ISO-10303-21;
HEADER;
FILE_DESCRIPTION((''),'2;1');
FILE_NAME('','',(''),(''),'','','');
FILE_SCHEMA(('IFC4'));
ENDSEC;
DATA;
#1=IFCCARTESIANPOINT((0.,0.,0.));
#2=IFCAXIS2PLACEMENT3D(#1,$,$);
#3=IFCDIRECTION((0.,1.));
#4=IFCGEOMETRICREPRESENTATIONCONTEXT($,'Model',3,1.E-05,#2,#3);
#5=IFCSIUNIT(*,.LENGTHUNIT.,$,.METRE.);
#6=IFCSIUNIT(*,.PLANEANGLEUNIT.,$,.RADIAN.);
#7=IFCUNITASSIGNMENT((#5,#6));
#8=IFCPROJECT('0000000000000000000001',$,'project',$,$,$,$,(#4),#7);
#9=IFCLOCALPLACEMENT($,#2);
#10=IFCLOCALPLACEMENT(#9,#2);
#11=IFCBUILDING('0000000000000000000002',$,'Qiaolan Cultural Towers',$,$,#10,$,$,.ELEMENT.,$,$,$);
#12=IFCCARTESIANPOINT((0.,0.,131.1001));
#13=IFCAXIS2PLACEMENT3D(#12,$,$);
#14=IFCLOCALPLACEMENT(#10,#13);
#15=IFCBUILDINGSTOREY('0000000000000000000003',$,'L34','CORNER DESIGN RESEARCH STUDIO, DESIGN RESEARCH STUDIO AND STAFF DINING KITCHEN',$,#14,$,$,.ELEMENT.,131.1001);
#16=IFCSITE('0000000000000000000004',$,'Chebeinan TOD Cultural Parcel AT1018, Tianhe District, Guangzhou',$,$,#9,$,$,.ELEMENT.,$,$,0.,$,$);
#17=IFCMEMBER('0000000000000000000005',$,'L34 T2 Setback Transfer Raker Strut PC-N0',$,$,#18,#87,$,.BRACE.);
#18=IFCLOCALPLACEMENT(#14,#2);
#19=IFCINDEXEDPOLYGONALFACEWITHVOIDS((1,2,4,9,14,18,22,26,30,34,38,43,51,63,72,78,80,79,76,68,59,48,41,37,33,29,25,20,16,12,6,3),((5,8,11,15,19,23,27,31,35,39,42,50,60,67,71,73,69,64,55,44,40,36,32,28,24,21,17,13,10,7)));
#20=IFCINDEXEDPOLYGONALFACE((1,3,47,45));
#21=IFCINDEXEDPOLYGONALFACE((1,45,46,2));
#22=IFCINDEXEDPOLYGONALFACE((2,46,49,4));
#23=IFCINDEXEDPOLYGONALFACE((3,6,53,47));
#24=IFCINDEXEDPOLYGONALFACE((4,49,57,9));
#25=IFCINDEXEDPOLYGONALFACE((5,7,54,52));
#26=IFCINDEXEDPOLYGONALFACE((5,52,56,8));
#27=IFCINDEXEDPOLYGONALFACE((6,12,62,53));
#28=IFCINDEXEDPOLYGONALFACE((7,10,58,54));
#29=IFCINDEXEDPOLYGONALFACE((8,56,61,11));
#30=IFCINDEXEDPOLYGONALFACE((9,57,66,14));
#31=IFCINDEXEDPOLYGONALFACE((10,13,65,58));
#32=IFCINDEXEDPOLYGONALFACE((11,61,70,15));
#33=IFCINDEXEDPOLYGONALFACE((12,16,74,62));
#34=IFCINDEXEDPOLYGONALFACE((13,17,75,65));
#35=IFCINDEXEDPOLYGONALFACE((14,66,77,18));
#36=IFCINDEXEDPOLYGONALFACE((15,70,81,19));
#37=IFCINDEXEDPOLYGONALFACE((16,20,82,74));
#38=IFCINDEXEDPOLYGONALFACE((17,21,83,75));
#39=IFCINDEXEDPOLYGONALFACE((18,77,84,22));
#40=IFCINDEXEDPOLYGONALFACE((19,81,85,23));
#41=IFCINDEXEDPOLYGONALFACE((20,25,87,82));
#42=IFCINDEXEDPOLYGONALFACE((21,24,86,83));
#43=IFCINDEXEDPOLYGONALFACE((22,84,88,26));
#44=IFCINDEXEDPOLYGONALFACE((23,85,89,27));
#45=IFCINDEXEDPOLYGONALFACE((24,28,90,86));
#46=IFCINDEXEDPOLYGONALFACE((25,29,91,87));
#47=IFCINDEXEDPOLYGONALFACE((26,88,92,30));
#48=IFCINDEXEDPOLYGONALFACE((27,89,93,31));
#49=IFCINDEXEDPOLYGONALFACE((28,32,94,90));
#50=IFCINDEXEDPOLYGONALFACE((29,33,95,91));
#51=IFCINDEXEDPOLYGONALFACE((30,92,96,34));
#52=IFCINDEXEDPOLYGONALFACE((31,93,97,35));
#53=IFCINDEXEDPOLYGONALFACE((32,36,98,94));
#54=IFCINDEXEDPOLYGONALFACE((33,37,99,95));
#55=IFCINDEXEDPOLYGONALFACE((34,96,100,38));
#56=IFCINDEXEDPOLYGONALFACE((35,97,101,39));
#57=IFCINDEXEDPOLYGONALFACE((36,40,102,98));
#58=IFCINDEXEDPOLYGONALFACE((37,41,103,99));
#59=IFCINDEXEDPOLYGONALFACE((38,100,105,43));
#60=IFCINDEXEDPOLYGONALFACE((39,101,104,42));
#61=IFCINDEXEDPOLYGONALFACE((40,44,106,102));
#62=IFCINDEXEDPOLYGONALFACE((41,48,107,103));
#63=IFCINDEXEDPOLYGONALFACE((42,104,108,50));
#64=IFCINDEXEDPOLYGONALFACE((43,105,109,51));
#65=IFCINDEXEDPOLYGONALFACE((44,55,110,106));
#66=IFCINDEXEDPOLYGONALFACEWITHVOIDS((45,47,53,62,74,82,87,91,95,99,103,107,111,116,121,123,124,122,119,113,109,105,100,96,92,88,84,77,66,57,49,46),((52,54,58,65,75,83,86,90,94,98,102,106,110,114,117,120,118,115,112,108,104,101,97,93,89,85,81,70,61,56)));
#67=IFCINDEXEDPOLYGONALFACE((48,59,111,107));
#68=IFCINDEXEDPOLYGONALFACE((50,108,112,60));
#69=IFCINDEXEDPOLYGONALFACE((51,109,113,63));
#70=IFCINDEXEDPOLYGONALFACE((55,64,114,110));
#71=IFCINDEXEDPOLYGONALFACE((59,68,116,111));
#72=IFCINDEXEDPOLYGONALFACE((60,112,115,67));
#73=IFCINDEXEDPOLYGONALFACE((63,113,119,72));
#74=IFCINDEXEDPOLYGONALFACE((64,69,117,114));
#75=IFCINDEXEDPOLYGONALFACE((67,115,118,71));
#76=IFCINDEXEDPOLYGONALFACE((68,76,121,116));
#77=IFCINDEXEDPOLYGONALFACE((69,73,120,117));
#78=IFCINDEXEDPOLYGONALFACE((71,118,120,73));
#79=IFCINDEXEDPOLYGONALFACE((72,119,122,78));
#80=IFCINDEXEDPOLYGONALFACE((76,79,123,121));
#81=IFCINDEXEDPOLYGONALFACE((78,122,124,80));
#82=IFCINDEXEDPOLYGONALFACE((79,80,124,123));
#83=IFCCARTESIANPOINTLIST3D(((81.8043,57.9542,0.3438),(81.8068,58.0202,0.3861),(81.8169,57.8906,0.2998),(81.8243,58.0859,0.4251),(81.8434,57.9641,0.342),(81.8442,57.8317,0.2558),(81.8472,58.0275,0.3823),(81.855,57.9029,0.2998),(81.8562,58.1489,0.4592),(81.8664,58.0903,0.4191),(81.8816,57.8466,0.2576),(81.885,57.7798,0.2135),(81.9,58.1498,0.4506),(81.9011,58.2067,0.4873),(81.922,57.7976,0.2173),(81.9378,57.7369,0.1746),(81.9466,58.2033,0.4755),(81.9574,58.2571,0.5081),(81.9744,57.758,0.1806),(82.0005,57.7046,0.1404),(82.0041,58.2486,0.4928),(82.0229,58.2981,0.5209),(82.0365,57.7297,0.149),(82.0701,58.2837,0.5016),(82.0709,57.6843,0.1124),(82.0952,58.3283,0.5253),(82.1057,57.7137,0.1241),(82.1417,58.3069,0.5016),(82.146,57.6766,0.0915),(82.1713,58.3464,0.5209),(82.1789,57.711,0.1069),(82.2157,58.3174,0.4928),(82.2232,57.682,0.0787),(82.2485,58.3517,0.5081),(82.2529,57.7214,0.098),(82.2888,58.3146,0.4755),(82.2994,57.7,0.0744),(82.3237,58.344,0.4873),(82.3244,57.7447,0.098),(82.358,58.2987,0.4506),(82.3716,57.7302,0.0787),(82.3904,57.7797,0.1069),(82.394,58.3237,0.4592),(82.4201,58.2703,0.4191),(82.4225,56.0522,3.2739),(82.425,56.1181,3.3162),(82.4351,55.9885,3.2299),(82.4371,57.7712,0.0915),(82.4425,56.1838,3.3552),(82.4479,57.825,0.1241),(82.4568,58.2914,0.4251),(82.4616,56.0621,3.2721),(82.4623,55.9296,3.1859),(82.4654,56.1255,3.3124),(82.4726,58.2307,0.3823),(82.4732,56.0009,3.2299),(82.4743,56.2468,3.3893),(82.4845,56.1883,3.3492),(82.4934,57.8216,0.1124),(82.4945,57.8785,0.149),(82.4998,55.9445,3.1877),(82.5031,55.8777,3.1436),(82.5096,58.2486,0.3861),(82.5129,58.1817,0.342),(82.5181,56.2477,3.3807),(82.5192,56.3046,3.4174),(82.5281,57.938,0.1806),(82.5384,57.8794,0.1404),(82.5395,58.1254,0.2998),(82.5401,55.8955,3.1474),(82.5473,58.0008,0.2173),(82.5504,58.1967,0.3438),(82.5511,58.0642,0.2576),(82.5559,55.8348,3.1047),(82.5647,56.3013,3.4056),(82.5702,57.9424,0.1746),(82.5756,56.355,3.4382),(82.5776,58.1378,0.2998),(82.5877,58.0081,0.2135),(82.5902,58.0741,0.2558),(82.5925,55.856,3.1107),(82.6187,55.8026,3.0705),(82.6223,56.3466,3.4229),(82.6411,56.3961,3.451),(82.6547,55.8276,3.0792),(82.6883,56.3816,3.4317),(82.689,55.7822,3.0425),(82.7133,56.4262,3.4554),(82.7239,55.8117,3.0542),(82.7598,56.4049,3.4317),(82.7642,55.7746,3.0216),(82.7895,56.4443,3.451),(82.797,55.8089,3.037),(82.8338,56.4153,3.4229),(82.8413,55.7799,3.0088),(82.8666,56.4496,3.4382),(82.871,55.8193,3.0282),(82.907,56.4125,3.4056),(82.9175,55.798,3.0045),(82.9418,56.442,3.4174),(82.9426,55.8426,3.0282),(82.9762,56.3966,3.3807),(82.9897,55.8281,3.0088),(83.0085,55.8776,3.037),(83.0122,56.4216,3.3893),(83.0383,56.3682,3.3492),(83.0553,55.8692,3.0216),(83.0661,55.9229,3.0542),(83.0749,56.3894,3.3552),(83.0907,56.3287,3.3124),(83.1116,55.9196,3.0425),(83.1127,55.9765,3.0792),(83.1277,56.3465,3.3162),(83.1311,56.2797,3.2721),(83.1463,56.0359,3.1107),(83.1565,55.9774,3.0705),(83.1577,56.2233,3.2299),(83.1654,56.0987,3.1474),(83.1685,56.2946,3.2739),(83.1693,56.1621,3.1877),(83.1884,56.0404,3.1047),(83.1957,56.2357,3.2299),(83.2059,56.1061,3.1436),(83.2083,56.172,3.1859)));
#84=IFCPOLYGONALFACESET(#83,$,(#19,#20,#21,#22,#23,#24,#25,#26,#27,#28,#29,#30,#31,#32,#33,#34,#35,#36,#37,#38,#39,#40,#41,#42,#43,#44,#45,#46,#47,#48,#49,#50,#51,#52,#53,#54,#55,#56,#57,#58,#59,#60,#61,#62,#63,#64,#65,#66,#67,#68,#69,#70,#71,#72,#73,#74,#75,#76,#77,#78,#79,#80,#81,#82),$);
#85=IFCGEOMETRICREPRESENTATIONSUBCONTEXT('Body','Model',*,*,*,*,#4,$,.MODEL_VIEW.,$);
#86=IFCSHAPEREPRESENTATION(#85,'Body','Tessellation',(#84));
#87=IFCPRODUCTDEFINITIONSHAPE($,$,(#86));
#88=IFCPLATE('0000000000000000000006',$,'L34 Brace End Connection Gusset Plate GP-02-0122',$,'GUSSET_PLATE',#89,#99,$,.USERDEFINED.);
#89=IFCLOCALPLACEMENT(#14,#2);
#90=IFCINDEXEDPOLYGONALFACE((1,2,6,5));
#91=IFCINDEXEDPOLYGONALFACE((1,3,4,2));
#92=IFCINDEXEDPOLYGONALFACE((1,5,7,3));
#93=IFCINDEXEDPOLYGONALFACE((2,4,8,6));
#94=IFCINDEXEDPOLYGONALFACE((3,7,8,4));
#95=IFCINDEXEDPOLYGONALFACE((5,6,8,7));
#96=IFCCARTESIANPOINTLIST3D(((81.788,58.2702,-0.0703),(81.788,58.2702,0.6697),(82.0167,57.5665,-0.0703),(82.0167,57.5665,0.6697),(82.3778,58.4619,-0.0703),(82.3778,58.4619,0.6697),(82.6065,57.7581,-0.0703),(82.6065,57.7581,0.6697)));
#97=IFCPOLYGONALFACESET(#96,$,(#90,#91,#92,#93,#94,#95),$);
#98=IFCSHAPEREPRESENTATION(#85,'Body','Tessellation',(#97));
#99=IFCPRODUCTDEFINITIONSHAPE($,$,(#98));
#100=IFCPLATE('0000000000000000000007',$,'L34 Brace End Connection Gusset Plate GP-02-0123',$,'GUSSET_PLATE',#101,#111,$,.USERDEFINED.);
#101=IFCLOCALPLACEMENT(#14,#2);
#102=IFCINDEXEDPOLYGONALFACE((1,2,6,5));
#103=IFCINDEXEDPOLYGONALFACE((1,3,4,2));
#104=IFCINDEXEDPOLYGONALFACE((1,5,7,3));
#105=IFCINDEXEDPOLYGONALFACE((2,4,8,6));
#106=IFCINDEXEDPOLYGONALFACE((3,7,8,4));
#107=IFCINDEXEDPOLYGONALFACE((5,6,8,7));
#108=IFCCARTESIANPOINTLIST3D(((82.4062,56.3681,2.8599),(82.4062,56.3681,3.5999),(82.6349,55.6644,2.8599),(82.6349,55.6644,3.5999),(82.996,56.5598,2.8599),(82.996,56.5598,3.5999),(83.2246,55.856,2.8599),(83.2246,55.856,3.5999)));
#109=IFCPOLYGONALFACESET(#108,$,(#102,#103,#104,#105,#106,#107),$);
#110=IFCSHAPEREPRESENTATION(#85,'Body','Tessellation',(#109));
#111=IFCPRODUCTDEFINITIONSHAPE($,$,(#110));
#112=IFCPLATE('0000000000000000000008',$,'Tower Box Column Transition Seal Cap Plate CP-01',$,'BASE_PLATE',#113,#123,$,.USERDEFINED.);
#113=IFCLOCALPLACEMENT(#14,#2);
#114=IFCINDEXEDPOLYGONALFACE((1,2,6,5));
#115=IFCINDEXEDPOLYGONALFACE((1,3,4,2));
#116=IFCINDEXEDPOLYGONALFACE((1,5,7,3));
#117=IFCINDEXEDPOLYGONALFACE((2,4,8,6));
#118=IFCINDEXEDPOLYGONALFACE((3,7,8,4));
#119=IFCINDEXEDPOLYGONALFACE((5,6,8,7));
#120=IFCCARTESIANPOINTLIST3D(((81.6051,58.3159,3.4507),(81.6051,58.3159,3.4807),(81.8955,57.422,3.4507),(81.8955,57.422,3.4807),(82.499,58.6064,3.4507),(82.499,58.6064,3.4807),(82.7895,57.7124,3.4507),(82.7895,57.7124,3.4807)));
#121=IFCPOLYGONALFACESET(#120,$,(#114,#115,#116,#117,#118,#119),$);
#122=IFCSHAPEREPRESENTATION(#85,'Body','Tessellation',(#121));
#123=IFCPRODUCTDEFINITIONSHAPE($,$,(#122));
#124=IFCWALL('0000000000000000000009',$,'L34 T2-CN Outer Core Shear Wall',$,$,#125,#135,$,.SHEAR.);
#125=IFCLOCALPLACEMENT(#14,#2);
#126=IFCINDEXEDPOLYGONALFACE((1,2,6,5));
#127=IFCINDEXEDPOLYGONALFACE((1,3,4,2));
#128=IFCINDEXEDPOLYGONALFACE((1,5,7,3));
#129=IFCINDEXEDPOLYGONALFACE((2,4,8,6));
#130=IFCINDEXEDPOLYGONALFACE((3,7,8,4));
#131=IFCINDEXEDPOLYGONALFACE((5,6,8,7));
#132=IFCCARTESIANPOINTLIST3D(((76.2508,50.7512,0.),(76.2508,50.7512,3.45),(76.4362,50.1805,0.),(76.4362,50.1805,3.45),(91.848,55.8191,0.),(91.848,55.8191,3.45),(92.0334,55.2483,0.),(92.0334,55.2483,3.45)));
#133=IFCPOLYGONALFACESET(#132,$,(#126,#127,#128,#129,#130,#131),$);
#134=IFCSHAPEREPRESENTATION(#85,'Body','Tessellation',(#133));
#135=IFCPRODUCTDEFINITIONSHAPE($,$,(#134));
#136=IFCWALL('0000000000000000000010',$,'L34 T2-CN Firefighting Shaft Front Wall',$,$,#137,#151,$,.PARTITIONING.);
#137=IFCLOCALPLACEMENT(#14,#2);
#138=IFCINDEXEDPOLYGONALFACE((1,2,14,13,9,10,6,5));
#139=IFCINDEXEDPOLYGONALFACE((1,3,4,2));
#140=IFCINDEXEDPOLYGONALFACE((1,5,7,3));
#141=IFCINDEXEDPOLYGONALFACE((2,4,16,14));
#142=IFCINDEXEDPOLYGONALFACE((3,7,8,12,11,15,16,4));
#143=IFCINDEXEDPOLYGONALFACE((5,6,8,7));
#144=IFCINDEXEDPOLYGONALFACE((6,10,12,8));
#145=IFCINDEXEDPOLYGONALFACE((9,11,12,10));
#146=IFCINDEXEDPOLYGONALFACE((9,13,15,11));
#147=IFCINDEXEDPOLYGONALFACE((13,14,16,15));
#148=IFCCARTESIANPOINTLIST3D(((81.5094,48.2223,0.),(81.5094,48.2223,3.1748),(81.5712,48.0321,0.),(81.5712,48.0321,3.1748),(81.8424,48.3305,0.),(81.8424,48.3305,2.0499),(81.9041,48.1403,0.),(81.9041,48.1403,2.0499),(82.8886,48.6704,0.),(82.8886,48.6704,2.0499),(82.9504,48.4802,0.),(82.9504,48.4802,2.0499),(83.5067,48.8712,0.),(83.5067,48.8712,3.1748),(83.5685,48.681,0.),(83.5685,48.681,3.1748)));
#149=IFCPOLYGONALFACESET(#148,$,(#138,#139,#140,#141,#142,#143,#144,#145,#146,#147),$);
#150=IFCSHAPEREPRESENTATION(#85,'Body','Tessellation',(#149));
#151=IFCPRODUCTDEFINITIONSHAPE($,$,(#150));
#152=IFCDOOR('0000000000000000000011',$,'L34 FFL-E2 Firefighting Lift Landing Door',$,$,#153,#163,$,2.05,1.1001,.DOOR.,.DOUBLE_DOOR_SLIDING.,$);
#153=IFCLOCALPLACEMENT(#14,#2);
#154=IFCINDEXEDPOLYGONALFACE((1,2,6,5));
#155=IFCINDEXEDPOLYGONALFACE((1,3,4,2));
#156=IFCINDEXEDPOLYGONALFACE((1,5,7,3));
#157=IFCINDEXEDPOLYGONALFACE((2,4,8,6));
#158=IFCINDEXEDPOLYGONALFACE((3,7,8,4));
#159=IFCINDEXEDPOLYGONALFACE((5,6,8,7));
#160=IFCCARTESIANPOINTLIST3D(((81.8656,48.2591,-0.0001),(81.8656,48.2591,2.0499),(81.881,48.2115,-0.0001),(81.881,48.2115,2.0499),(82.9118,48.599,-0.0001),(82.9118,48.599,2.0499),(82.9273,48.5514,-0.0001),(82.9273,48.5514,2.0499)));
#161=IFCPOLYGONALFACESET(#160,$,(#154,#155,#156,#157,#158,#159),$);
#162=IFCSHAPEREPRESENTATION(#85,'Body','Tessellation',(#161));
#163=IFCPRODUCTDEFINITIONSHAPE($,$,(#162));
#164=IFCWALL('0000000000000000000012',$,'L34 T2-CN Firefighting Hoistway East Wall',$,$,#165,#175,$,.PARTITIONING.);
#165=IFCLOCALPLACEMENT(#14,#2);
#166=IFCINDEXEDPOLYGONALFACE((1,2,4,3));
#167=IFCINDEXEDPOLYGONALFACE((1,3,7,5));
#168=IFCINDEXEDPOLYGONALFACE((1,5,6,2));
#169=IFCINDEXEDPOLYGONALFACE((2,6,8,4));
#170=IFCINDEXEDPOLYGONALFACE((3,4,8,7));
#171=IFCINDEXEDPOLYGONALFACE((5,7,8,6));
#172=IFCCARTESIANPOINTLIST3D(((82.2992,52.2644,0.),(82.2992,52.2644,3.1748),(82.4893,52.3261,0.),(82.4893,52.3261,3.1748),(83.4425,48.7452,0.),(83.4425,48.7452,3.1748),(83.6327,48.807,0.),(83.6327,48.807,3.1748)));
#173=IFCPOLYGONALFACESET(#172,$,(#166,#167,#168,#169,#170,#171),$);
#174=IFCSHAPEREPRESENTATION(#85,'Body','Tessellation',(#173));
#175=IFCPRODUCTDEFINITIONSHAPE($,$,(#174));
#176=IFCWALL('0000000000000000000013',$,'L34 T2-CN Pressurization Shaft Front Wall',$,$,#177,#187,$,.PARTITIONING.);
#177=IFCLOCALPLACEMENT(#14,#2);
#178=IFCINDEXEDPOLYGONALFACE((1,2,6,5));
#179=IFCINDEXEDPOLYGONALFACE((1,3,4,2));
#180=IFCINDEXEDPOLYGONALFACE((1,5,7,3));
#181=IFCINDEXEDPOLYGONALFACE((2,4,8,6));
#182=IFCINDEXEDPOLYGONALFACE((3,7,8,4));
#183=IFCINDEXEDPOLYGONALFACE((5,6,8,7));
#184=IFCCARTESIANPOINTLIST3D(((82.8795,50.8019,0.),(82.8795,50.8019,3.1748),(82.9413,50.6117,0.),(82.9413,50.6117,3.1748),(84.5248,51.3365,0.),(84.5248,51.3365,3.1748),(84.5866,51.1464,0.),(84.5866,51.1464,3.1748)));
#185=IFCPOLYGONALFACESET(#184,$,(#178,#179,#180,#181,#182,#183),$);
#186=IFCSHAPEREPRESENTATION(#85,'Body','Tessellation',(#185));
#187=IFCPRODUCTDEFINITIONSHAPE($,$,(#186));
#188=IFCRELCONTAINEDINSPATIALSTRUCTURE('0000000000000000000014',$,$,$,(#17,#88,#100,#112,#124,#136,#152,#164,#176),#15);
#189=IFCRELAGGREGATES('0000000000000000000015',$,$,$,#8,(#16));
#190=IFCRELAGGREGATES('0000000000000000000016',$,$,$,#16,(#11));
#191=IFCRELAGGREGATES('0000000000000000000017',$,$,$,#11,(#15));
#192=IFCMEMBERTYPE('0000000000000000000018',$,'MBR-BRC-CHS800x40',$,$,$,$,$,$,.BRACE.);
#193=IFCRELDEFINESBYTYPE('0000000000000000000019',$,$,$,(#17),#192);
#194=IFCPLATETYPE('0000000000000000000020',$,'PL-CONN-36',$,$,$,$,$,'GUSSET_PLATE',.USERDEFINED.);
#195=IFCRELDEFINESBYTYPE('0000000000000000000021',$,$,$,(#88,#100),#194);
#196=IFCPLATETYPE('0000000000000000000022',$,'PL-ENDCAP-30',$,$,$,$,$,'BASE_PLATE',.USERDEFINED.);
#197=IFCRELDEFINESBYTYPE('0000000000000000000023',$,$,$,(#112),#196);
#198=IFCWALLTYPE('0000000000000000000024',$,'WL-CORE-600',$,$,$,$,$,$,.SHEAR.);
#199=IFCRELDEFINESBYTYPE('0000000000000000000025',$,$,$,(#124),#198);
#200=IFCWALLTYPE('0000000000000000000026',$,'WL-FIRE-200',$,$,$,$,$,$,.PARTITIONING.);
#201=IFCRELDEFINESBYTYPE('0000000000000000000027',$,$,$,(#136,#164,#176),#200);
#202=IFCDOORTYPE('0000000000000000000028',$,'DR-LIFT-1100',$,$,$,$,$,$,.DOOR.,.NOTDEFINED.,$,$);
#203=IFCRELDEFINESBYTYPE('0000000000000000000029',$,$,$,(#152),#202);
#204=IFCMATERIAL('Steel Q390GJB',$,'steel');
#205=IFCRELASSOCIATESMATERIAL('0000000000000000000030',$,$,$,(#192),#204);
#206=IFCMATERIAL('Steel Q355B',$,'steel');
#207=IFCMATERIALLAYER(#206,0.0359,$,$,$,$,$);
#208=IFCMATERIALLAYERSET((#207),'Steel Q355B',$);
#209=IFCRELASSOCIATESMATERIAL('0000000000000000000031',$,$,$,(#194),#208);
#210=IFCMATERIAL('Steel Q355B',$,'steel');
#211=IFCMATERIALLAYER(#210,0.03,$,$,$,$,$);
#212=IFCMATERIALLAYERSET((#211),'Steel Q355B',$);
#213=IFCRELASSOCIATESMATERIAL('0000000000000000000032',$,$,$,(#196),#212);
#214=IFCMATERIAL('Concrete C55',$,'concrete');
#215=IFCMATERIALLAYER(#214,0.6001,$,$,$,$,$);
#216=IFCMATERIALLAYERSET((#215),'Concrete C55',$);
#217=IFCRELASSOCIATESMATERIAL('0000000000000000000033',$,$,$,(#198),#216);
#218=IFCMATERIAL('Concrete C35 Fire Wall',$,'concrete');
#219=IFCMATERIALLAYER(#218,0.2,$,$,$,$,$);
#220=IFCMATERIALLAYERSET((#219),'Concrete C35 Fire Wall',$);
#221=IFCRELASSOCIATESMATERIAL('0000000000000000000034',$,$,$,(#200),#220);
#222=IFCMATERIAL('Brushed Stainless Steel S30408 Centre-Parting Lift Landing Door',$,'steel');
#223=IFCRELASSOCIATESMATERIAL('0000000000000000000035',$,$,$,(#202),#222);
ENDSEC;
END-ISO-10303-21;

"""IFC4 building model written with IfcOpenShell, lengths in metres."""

from ifc_helpers import new_model, si_unit, direction, frame, frame_2d, origin, origin_2d, place, context, subcontext, project, spatial, rectangle, hollow_circle, extrude, material, layer, layer_set, material_profile, profile_set, type_object, element, fill, save


model = new_model("IFC4")

# Units and contexts
model_context = context("Model", 3, precision=1e-05, world=origin(), true_north=direction((0.0, 1.0)))
body_context = subcontext(model_context, "Body", "Model", "MODEL_VIEW")
ifc_project = project(units=[si_unit("LENGTHUNIT", "METRE"), si_unit("PLANEANGLEUNIT", "RADIAN")], contexts=[model_context])

# Site, building, storey
site_placement = place(None, origin())
site = spatial("IfcSite", under=ifc_project, at=site_placement, Name="Chebeinan TOD Cultural Parcel AT1018, Tianhe District, Guangzhou", CompositionType="ELEMENT", RefElevation=0.0)
building_placement = place(site_placement, origin())
building = spatial("IfcBuilding", under=site, at=building_placement, Name="Qiaolan Cultural Towers", CompositionType="ELEMENT")
storey_placement = place(building_placement, frame((0.0, 0.0, 131.1001)))
storey = spatial("IfcBuildingStorey", under=building, at=storey_placement, Name="L34", Description="CORNER DESIGN RESEARCH STUDIO, DESIGN RESEARCH STUDIO AND STAFF DINING KITCHEN", CompositionType="ELEMENT", Elevation=131.1001)

# Member
ifc_material_1 = material(Name="Steel Q390GJB", Category="steel")
ifc_material_profile_1 = material_profile(ifc_material_1, hollow_circle(Radius=0.3999, WallThickness=0.04, at=origin_2d()), Name="CHS800x40")
ifc_profile_set_1 = profile_set([ifc_material_profile_1], Name="Steel Q390GJB")
member_type = type_object("IfcMemberType", Name="MBR-BRC-CHS800x40", PredefinedType="BRACE", material=ifc_profile_set_1)
member_placement = place(storey_placement, frame((82.1973, 58.0142, 0.2998), z_axis=(0.174245, -0.536153, 0.825941), x_axis=(0.951037, 0.309078, 0.0)))
element("IfcMember", 1, at=member_placement, inside=storey, type_object=member_type, Name="L34 T2 Setback Transfer Raker Strut PC-N0", PredefinedType="BRACE", context=body_context, shape_type="SweptSolid", body=[
    extrude(hollow_circle(Radius=0.3999, WallThickness=0.04, at=origin_2d()), origin(), (0.0, 0.0, 1.0), 3.5476),
])

# Plates
ifc_material_2 = material(Name="Steel Q355B", Category="steel")
ifc_layer_1 = layer(ifc_material_2, 0.0359)
ifc_layer_set_1 = layer_set([ifc_layer_1], Name="Steel Q355B")
plate_type_1 = type_object("IfcPlateType", Name="PL-CONN-36", ElementType="GUSSET_PLATE", PredefinedType="USERDEFINED", material=ifc_layer_set_1)
for number, where, z_axis, x_axis, name in (
    (2, (82.1973, 58.0142, -0.0703), (0.0, 0.0, 1.0), (-0.309017, 0.951057, 0.0), "L34 Brace End Connection Gusset Plate GP-02-0122"),
    (3, (82.8154, 56.1121, 2.8599), (0.0, 0.0, 1.0), (-0.309017, 0.951057, 0.0), "L34 Brace End Connection Gusset Plate GP-02-0123"),
):
    element("IfcPlate", number, at=place(storey_placement, frame(where, z_axis=z_axis, x_axis=x_axis)), inside=storey, type_object=plate_type_1, Name=name, ObjectType="GUSSET_PLATE", PredefinedType="USERDEFINED", context=body_context, shape_type="SweptSolid", body=[
        extrude(rectangle(XDim=0.74, YDim=0.6201, at=origin_2d()), origin(), (0.0, 0.0, 1.0), 0.74),
    ])
ifc_material_3 = material(Name="Steel Q355B", Category="steel")
ifc_layer_2 = layer(ifc_material_3, 0.03)
ifc_layer_set_2 = layer_set([ifc_layer_2], Name="Steel Q355B")
plate_type_2 = type_object("IfcPlateType", Name="PL-ENDCAP-30", ElementType="BASE_PLATE", PredefinedType="USERDEFINED", material=ifc_layer_set_2)
plate_placement = place(storey_placement, frame((82.1973, 58.0142, 3.4507), z_axis=(0.0, 0.0, 1.0), x_axis=(0.951057, 0.309017, 0.0)))
element("IfcPlate", 4, at=plate_placement, inside=storey, type_object=plate_type_2, Name="Tower Box Column Transition Seal Cap Plate CP-01", ObjectType="BASE_PLATE", PredefinedType="USERDEFINED", context=body_context, shape_type="SweptSolid", body=[
    extrude(rectangle(XDim=0.9399, YDim=0.9399, at=origin_2d()), origin(), (0.0, 0.0, 1.0), 0.03),
])

# Wall
ifc_material_4 = material(Name="Concrete C55", Category="concrete")
ifc_layer_3 = layer(ifc_material_4, 0.6001)
ifc_layer_set_3 = layer_set([ifc_layer_3], Name="Concrete C55")
wall_type_1 = type_object("IfcWallType", Name="WL-CORE-600", PredefinedType="SHEAR", material=ifc_layer_set_3)
wall_1_placement = place(storey_placement, frame((76.3435, 50.4658, 0.0), z_axis=(0.0, 0.0, 1.0), x_axis=(0.951056, 0.309019, 0.0)))
element("IfcWall", 5, at=wall_1_placement, inside=storey, type_object=wall_type_1, Name="L34 T2-CN Outer Core Shear Wall", PredefinedType="SHEAR", context=body_context, shape_type="SweptSolid", body=[
    extrude(rectangle(XDim=16.3999, YDim=0.6001, at=frame_2d((8.2, 0.0))), origin(), (0.0, 0.0, 1.0), 3.45),
])

# Wall, opening, door
ifc_material_5 = material(Name="Concrete C35 Fire Wall", Category="concrete")
ifc_layer_4 = layer(ifc_material_5, 0.2)
ifc_layer_set_4 = layer_set([ifc_layer_4], Name="Concrete C35 Fire Wall")
wall_type_2 = type_object("IfcWallType", Name="WL-FIRE-200", PredefinedType="PARTITIONING", material=ifc_layer_set_4)
wall_2_placement = place(storey_placement, frame((81.5403, 48.1272, 0.0), z_axis=(0.0, 0.0, 1.0), x_axis=(0.951062, 0.308999, 0.0)))
wall_2 = element("IfcWall", 6, at=wall_2_placement, inside=storey, type_object=wall_type_2, Name="L34 T2-CN Firefighting Shaft Front Wall", PredefinedType="PARTITIONING", context=body_context, shape_type="SweptSolid", body=[
    extrude(rectangle(XDim=2.1001, YDim=0.2, at=frame_2d((1.05, 0.0))), origin(), (0.0, 0.0, 1.0), 3.1748),
])
opening_1_placement = place(wall_2_placement, frame((0.3501, 0.0, 0.0)))
opening_1 = element("IfcOpeningElement", 7, at=opening_1_placement, cuts=wall_2, PredefinedType="OPENING", context=body_context, shape_type="SweptSolid", body=[
    extrude(rectangle(XDim=1.1001, YDim=2.05, at=frame_2d((0.55, 1.0249))), frame((0.0, 0.1099, 0.0), z_axis=(0.0, -1.0, 0.0), x_axis=(1.0, 0.0, 0.0)), (0.0, 0.0, 1.0), 0.22),
])
ifc_material_6 = material(Name="Brushed Stainless Steel S30408 Centre-Parting Lift Landing Door", Category="steel")
door_type = type_object("IfcDoorType", Name="DR-LIFT-1100", OperationType="NOTDEFINED", PredefinedType="DOOR", material=ifc_material_6)
door_1_placement = place(opening_1_placement, origin())
door_1 = element("IfcDoor", 8, at=door_1_placement, inside=storey, type_object=door_type, Name="L34 FFL-E2 Firefighting Lift Landing Door", OperationType="DOUBLE_DOOR_SLIDING", OverallHeight=2.05, OverallWidth=1.1001, PredefinedType="DOOR", context=body_context, shape_type="SweptSolid", body=[
    extrude(rectangle(XDim=1.1001, YDim=2.05, at=frame_2d((0.55, 1.0249))), frame((0.0, 0.0249, 0.0), z_axis=(0.0, -1.0, 0.0), x_axis=(1.0, 0.0, 0.0)), (0.0, 0.0, 1.0), 0.05),
])
fill(opening_1, door_1)

# Walls
wall_3_placement = place(storey_placement, frame((83.5376, 48.7761, 0.0), z_axis=(0.0, 0.0, 1.0), x_axis=(-0.308994, 0.951064, 0.0)))
element("IfcWall", 9, at=wall_3_placement, inside=storey, type_object=wall_type_2, Name="L34 T2-CN Firefighting Hoistway East Wall", PredefinedType="PARTITIONING", context=body_context, shape_type="SweptSolid", body=[
    extrude(rectangle(XDim=3.7002, YDim=0.2, at=frame_2d((1.8501, 0.0))), origin(), (0.0, 0.0, 1.0), 3.1748),
])
wall_4_placement = place(storey_placement, frame((82.9104, 50.7068, 0.0), z_axis=(0.0, 0.0, 1.0), x_axis=(0.951041, 0.309064, 0.0)))
element("IfcWall", 10, at=wall_4_placement, inside=storey, type_object=wall_type_2, Name="L34 T2-CN Pressurization Shaft Front Wall", PredefinedType="PARTITIONING", context=body_context, shape_type="SweptSolid", body=[
    extrude(rectangle(XDim=1.73, YDim=0.2, at=frame_2d((0.865, 0.0))), origin(), (0.0, 0.0, 1.0), 3.1748),
])

save(model, "model.ifc")
